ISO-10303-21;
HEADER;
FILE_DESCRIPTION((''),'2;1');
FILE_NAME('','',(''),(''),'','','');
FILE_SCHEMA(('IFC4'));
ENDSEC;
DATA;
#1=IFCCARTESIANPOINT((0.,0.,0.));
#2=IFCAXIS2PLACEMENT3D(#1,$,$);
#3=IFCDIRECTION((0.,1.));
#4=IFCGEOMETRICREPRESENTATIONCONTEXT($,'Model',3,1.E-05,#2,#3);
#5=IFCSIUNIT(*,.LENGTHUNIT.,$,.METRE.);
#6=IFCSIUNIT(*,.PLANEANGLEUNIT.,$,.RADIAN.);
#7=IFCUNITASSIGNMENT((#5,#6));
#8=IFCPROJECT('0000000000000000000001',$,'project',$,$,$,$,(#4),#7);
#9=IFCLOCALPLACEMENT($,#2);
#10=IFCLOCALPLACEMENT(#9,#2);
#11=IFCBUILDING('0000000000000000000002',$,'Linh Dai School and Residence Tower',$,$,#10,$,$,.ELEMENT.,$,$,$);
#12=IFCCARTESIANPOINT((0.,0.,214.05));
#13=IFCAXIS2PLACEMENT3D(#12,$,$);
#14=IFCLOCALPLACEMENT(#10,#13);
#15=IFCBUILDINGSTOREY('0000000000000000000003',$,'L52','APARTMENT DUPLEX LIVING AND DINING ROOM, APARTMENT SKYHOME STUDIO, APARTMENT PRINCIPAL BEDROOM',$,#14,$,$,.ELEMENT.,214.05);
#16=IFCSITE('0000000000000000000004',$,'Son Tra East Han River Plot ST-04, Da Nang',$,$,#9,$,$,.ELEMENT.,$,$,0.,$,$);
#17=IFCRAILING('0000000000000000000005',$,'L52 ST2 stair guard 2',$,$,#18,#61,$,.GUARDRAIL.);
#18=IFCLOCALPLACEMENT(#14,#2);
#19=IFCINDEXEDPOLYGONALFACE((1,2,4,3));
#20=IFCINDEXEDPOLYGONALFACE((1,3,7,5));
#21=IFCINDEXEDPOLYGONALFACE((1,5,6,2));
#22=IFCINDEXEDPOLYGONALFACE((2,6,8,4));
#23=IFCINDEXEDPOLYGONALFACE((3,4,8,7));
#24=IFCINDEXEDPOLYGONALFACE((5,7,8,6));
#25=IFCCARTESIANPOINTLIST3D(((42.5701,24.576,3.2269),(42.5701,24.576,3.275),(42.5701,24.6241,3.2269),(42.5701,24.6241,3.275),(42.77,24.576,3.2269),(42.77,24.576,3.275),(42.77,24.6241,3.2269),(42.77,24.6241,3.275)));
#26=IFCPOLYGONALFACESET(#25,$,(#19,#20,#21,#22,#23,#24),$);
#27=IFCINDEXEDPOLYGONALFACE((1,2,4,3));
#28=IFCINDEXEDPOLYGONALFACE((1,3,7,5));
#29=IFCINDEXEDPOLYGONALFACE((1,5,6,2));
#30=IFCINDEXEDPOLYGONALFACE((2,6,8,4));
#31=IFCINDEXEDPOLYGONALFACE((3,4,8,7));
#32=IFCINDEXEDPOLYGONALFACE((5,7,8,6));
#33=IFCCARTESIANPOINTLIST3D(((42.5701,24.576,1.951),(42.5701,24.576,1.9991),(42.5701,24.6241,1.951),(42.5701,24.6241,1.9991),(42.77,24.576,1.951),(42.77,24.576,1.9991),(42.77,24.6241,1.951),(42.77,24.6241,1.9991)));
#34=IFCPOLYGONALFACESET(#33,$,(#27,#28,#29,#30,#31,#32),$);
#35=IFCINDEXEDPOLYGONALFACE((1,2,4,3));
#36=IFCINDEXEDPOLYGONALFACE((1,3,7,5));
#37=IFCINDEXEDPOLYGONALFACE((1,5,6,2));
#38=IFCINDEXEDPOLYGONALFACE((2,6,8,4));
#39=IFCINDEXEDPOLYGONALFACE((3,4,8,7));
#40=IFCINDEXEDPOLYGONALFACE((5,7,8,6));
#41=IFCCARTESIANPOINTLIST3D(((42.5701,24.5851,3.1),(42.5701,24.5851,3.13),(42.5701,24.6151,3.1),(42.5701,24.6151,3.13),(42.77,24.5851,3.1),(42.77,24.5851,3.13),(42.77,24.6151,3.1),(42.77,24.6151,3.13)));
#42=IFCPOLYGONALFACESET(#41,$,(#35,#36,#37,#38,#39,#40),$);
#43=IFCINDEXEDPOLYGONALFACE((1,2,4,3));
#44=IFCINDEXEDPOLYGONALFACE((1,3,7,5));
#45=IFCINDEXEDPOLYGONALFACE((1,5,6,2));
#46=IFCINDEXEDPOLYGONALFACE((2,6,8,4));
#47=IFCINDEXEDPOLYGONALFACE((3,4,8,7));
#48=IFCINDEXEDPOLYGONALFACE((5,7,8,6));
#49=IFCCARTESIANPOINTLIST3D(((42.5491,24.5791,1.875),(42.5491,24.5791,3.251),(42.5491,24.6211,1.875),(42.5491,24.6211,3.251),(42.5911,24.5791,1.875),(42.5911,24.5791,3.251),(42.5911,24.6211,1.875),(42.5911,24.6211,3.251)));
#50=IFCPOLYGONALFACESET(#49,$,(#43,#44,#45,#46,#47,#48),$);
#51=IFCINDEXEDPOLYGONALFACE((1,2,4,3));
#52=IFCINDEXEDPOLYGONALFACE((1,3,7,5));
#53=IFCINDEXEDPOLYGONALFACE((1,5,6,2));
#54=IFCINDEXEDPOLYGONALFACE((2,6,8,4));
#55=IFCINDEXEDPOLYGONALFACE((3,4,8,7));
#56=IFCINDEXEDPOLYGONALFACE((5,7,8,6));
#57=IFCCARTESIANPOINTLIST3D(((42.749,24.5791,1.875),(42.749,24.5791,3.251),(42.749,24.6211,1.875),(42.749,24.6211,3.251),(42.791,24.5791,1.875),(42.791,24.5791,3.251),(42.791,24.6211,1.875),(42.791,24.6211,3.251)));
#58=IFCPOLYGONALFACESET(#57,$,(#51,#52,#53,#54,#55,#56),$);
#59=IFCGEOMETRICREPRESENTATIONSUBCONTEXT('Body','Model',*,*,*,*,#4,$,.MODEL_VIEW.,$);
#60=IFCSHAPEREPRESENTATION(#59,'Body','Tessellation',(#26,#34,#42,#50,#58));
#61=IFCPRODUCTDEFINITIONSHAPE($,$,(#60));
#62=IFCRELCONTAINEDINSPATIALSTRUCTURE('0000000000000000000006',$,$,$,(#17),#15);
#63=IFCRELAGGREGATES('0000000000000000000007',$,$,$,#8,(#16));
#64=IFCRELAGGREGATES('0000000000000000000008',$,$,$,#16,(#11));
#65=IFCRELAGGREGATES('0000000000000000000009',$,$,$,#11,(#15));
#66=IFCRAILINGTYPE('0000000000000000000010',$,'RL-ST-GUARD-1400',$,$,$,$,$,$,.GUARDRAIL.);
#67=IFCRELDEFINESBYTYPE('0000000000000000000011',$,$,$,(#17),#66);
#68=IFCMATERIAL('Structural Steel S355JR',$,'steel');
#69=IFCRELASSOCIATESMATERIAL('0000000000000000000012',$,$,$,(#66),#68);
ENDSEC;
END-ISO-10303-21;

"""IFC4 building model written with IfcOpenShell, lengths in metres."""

from ifc_helpers import new_model, si_unit, direction, frame, origin, origin_2d, place, context, subcontext, project, spatial, rectangle, extrude, source, transform, mapped, material, type_object, element, save


model = new_model("IFC4")

# Units and contexts
model_context = context("Model", 3, precision=1e-05, world=origin(), true_north=direction((0.0, 1.0)))
body_context = subcontext(model_context, "Body", "Model", "MODEL_VIEW")
ifc_project = project(units=[si_unit("LENGTHUNIT", "METRE"), si_unit("PLANEANGLEUNIT", "RADIAN")], contexts=[model_context])

# Site, building, storey
site_placement = place(None, origin())
site = spatial("IfcSite", under=ifc_project, at=site_placement, Name="Son Tra East Han River Plot ST-04, Da Nang", CompositionType="ELEMENT", RefElevation=0.0)
building_placement = place(site_placement, origin())
building = spatial("IfcBuilding", under=site, at=building_placement, Name="Linh Dai School and Residence Tower", CompositionType="ELEMENT")
storey_placement = place(building_placement, frame((0.0, 0.0, 214.05)))
storey = spatial("IfcBuildingStorey", under=building, at=storey_placement, Name="L52", Description="APARTMENT DUPLEX LIVING AND DINING ROOM, APARTMENT SKYHOME STUDIO, APARTMENT PRINCIPAL BEDROOM", CompositionType="ELEMENT", Elevation=214.05)

# Shared definitions
ifc_material_1 = material(Name="Structural Steel S355JR", Category="steel")

# Railing
railing_type_1 = type_object("IfcRailingType", Name="RL-ST-GUARD-1400", PredefinedType="GUARDRAIL", material=ifc_material_1)
shared_shape_1 = source(origin(), body_context, "Body", "SweptSolid", [
    extrude(rectangle(XDim=0.0481, YDim=0.0481, at=origin_2d()), frame((0.0, 0.0, 1.376), z_axis=(1.0, 0.0, 0.0), x_axis=(0.0, 1.0, 0.0)), (0.0, 0.0, 1.0), 0.2),
    extrude(rectangle(XDim=0.0481, YDim=0.0481, at=origin_2d()), frame((0.0, 0.0, 0.1001), z_axis=(1.0, 0.0, 0.0), x_axis=(0.0, 1.0, 0.0)), (0.0, 0.0, 1.0), 0.2),
    extrude(rectangle(XDim=0.03, YDim=0.03, at=origin_2d()), frame((0.0, 0.0, 1.24), z_axis=(1.0, 0.0, 0.0), x_axis=(0.0, 1.0, 0.0)), (0.0, 0.0, 1.0), 0.2),
    extrude(rectangle(XDim=0.042, YDim=0.042, at=origin_2d()), origin(), (0.0, 0.0, 1.0), 1.376),
    extrude(rectangle(XDim=0.042, YDim=0.042, at=origin_2d()), frame((0.2, 0.0, 0.0)), (0.0, 0.0, 1.0), 1.376),
])
railing_1_placement = place(storey_placement, frame((42.5701, 24.6001, 1.875)))
element("IfcRailing", 1, at=railing_1_placement, inside=storey, type_object=railing_type_1, Name="L52 ST2 stair guard 2", PredefinedType="GUARDRAIL", context=body_context, shape_type="MappedRepresentation", body=[
    mapped(shared_shape_1, transform((0.0, 0.0, 0.0), x_axis=(1.0, 0.0, 0.0), y_axis=(0.0, 1.0, 0.0), z_axis=(0.0, 0.0, 1.0), scale=1.0)),
])

save(model, "model.ifc")
